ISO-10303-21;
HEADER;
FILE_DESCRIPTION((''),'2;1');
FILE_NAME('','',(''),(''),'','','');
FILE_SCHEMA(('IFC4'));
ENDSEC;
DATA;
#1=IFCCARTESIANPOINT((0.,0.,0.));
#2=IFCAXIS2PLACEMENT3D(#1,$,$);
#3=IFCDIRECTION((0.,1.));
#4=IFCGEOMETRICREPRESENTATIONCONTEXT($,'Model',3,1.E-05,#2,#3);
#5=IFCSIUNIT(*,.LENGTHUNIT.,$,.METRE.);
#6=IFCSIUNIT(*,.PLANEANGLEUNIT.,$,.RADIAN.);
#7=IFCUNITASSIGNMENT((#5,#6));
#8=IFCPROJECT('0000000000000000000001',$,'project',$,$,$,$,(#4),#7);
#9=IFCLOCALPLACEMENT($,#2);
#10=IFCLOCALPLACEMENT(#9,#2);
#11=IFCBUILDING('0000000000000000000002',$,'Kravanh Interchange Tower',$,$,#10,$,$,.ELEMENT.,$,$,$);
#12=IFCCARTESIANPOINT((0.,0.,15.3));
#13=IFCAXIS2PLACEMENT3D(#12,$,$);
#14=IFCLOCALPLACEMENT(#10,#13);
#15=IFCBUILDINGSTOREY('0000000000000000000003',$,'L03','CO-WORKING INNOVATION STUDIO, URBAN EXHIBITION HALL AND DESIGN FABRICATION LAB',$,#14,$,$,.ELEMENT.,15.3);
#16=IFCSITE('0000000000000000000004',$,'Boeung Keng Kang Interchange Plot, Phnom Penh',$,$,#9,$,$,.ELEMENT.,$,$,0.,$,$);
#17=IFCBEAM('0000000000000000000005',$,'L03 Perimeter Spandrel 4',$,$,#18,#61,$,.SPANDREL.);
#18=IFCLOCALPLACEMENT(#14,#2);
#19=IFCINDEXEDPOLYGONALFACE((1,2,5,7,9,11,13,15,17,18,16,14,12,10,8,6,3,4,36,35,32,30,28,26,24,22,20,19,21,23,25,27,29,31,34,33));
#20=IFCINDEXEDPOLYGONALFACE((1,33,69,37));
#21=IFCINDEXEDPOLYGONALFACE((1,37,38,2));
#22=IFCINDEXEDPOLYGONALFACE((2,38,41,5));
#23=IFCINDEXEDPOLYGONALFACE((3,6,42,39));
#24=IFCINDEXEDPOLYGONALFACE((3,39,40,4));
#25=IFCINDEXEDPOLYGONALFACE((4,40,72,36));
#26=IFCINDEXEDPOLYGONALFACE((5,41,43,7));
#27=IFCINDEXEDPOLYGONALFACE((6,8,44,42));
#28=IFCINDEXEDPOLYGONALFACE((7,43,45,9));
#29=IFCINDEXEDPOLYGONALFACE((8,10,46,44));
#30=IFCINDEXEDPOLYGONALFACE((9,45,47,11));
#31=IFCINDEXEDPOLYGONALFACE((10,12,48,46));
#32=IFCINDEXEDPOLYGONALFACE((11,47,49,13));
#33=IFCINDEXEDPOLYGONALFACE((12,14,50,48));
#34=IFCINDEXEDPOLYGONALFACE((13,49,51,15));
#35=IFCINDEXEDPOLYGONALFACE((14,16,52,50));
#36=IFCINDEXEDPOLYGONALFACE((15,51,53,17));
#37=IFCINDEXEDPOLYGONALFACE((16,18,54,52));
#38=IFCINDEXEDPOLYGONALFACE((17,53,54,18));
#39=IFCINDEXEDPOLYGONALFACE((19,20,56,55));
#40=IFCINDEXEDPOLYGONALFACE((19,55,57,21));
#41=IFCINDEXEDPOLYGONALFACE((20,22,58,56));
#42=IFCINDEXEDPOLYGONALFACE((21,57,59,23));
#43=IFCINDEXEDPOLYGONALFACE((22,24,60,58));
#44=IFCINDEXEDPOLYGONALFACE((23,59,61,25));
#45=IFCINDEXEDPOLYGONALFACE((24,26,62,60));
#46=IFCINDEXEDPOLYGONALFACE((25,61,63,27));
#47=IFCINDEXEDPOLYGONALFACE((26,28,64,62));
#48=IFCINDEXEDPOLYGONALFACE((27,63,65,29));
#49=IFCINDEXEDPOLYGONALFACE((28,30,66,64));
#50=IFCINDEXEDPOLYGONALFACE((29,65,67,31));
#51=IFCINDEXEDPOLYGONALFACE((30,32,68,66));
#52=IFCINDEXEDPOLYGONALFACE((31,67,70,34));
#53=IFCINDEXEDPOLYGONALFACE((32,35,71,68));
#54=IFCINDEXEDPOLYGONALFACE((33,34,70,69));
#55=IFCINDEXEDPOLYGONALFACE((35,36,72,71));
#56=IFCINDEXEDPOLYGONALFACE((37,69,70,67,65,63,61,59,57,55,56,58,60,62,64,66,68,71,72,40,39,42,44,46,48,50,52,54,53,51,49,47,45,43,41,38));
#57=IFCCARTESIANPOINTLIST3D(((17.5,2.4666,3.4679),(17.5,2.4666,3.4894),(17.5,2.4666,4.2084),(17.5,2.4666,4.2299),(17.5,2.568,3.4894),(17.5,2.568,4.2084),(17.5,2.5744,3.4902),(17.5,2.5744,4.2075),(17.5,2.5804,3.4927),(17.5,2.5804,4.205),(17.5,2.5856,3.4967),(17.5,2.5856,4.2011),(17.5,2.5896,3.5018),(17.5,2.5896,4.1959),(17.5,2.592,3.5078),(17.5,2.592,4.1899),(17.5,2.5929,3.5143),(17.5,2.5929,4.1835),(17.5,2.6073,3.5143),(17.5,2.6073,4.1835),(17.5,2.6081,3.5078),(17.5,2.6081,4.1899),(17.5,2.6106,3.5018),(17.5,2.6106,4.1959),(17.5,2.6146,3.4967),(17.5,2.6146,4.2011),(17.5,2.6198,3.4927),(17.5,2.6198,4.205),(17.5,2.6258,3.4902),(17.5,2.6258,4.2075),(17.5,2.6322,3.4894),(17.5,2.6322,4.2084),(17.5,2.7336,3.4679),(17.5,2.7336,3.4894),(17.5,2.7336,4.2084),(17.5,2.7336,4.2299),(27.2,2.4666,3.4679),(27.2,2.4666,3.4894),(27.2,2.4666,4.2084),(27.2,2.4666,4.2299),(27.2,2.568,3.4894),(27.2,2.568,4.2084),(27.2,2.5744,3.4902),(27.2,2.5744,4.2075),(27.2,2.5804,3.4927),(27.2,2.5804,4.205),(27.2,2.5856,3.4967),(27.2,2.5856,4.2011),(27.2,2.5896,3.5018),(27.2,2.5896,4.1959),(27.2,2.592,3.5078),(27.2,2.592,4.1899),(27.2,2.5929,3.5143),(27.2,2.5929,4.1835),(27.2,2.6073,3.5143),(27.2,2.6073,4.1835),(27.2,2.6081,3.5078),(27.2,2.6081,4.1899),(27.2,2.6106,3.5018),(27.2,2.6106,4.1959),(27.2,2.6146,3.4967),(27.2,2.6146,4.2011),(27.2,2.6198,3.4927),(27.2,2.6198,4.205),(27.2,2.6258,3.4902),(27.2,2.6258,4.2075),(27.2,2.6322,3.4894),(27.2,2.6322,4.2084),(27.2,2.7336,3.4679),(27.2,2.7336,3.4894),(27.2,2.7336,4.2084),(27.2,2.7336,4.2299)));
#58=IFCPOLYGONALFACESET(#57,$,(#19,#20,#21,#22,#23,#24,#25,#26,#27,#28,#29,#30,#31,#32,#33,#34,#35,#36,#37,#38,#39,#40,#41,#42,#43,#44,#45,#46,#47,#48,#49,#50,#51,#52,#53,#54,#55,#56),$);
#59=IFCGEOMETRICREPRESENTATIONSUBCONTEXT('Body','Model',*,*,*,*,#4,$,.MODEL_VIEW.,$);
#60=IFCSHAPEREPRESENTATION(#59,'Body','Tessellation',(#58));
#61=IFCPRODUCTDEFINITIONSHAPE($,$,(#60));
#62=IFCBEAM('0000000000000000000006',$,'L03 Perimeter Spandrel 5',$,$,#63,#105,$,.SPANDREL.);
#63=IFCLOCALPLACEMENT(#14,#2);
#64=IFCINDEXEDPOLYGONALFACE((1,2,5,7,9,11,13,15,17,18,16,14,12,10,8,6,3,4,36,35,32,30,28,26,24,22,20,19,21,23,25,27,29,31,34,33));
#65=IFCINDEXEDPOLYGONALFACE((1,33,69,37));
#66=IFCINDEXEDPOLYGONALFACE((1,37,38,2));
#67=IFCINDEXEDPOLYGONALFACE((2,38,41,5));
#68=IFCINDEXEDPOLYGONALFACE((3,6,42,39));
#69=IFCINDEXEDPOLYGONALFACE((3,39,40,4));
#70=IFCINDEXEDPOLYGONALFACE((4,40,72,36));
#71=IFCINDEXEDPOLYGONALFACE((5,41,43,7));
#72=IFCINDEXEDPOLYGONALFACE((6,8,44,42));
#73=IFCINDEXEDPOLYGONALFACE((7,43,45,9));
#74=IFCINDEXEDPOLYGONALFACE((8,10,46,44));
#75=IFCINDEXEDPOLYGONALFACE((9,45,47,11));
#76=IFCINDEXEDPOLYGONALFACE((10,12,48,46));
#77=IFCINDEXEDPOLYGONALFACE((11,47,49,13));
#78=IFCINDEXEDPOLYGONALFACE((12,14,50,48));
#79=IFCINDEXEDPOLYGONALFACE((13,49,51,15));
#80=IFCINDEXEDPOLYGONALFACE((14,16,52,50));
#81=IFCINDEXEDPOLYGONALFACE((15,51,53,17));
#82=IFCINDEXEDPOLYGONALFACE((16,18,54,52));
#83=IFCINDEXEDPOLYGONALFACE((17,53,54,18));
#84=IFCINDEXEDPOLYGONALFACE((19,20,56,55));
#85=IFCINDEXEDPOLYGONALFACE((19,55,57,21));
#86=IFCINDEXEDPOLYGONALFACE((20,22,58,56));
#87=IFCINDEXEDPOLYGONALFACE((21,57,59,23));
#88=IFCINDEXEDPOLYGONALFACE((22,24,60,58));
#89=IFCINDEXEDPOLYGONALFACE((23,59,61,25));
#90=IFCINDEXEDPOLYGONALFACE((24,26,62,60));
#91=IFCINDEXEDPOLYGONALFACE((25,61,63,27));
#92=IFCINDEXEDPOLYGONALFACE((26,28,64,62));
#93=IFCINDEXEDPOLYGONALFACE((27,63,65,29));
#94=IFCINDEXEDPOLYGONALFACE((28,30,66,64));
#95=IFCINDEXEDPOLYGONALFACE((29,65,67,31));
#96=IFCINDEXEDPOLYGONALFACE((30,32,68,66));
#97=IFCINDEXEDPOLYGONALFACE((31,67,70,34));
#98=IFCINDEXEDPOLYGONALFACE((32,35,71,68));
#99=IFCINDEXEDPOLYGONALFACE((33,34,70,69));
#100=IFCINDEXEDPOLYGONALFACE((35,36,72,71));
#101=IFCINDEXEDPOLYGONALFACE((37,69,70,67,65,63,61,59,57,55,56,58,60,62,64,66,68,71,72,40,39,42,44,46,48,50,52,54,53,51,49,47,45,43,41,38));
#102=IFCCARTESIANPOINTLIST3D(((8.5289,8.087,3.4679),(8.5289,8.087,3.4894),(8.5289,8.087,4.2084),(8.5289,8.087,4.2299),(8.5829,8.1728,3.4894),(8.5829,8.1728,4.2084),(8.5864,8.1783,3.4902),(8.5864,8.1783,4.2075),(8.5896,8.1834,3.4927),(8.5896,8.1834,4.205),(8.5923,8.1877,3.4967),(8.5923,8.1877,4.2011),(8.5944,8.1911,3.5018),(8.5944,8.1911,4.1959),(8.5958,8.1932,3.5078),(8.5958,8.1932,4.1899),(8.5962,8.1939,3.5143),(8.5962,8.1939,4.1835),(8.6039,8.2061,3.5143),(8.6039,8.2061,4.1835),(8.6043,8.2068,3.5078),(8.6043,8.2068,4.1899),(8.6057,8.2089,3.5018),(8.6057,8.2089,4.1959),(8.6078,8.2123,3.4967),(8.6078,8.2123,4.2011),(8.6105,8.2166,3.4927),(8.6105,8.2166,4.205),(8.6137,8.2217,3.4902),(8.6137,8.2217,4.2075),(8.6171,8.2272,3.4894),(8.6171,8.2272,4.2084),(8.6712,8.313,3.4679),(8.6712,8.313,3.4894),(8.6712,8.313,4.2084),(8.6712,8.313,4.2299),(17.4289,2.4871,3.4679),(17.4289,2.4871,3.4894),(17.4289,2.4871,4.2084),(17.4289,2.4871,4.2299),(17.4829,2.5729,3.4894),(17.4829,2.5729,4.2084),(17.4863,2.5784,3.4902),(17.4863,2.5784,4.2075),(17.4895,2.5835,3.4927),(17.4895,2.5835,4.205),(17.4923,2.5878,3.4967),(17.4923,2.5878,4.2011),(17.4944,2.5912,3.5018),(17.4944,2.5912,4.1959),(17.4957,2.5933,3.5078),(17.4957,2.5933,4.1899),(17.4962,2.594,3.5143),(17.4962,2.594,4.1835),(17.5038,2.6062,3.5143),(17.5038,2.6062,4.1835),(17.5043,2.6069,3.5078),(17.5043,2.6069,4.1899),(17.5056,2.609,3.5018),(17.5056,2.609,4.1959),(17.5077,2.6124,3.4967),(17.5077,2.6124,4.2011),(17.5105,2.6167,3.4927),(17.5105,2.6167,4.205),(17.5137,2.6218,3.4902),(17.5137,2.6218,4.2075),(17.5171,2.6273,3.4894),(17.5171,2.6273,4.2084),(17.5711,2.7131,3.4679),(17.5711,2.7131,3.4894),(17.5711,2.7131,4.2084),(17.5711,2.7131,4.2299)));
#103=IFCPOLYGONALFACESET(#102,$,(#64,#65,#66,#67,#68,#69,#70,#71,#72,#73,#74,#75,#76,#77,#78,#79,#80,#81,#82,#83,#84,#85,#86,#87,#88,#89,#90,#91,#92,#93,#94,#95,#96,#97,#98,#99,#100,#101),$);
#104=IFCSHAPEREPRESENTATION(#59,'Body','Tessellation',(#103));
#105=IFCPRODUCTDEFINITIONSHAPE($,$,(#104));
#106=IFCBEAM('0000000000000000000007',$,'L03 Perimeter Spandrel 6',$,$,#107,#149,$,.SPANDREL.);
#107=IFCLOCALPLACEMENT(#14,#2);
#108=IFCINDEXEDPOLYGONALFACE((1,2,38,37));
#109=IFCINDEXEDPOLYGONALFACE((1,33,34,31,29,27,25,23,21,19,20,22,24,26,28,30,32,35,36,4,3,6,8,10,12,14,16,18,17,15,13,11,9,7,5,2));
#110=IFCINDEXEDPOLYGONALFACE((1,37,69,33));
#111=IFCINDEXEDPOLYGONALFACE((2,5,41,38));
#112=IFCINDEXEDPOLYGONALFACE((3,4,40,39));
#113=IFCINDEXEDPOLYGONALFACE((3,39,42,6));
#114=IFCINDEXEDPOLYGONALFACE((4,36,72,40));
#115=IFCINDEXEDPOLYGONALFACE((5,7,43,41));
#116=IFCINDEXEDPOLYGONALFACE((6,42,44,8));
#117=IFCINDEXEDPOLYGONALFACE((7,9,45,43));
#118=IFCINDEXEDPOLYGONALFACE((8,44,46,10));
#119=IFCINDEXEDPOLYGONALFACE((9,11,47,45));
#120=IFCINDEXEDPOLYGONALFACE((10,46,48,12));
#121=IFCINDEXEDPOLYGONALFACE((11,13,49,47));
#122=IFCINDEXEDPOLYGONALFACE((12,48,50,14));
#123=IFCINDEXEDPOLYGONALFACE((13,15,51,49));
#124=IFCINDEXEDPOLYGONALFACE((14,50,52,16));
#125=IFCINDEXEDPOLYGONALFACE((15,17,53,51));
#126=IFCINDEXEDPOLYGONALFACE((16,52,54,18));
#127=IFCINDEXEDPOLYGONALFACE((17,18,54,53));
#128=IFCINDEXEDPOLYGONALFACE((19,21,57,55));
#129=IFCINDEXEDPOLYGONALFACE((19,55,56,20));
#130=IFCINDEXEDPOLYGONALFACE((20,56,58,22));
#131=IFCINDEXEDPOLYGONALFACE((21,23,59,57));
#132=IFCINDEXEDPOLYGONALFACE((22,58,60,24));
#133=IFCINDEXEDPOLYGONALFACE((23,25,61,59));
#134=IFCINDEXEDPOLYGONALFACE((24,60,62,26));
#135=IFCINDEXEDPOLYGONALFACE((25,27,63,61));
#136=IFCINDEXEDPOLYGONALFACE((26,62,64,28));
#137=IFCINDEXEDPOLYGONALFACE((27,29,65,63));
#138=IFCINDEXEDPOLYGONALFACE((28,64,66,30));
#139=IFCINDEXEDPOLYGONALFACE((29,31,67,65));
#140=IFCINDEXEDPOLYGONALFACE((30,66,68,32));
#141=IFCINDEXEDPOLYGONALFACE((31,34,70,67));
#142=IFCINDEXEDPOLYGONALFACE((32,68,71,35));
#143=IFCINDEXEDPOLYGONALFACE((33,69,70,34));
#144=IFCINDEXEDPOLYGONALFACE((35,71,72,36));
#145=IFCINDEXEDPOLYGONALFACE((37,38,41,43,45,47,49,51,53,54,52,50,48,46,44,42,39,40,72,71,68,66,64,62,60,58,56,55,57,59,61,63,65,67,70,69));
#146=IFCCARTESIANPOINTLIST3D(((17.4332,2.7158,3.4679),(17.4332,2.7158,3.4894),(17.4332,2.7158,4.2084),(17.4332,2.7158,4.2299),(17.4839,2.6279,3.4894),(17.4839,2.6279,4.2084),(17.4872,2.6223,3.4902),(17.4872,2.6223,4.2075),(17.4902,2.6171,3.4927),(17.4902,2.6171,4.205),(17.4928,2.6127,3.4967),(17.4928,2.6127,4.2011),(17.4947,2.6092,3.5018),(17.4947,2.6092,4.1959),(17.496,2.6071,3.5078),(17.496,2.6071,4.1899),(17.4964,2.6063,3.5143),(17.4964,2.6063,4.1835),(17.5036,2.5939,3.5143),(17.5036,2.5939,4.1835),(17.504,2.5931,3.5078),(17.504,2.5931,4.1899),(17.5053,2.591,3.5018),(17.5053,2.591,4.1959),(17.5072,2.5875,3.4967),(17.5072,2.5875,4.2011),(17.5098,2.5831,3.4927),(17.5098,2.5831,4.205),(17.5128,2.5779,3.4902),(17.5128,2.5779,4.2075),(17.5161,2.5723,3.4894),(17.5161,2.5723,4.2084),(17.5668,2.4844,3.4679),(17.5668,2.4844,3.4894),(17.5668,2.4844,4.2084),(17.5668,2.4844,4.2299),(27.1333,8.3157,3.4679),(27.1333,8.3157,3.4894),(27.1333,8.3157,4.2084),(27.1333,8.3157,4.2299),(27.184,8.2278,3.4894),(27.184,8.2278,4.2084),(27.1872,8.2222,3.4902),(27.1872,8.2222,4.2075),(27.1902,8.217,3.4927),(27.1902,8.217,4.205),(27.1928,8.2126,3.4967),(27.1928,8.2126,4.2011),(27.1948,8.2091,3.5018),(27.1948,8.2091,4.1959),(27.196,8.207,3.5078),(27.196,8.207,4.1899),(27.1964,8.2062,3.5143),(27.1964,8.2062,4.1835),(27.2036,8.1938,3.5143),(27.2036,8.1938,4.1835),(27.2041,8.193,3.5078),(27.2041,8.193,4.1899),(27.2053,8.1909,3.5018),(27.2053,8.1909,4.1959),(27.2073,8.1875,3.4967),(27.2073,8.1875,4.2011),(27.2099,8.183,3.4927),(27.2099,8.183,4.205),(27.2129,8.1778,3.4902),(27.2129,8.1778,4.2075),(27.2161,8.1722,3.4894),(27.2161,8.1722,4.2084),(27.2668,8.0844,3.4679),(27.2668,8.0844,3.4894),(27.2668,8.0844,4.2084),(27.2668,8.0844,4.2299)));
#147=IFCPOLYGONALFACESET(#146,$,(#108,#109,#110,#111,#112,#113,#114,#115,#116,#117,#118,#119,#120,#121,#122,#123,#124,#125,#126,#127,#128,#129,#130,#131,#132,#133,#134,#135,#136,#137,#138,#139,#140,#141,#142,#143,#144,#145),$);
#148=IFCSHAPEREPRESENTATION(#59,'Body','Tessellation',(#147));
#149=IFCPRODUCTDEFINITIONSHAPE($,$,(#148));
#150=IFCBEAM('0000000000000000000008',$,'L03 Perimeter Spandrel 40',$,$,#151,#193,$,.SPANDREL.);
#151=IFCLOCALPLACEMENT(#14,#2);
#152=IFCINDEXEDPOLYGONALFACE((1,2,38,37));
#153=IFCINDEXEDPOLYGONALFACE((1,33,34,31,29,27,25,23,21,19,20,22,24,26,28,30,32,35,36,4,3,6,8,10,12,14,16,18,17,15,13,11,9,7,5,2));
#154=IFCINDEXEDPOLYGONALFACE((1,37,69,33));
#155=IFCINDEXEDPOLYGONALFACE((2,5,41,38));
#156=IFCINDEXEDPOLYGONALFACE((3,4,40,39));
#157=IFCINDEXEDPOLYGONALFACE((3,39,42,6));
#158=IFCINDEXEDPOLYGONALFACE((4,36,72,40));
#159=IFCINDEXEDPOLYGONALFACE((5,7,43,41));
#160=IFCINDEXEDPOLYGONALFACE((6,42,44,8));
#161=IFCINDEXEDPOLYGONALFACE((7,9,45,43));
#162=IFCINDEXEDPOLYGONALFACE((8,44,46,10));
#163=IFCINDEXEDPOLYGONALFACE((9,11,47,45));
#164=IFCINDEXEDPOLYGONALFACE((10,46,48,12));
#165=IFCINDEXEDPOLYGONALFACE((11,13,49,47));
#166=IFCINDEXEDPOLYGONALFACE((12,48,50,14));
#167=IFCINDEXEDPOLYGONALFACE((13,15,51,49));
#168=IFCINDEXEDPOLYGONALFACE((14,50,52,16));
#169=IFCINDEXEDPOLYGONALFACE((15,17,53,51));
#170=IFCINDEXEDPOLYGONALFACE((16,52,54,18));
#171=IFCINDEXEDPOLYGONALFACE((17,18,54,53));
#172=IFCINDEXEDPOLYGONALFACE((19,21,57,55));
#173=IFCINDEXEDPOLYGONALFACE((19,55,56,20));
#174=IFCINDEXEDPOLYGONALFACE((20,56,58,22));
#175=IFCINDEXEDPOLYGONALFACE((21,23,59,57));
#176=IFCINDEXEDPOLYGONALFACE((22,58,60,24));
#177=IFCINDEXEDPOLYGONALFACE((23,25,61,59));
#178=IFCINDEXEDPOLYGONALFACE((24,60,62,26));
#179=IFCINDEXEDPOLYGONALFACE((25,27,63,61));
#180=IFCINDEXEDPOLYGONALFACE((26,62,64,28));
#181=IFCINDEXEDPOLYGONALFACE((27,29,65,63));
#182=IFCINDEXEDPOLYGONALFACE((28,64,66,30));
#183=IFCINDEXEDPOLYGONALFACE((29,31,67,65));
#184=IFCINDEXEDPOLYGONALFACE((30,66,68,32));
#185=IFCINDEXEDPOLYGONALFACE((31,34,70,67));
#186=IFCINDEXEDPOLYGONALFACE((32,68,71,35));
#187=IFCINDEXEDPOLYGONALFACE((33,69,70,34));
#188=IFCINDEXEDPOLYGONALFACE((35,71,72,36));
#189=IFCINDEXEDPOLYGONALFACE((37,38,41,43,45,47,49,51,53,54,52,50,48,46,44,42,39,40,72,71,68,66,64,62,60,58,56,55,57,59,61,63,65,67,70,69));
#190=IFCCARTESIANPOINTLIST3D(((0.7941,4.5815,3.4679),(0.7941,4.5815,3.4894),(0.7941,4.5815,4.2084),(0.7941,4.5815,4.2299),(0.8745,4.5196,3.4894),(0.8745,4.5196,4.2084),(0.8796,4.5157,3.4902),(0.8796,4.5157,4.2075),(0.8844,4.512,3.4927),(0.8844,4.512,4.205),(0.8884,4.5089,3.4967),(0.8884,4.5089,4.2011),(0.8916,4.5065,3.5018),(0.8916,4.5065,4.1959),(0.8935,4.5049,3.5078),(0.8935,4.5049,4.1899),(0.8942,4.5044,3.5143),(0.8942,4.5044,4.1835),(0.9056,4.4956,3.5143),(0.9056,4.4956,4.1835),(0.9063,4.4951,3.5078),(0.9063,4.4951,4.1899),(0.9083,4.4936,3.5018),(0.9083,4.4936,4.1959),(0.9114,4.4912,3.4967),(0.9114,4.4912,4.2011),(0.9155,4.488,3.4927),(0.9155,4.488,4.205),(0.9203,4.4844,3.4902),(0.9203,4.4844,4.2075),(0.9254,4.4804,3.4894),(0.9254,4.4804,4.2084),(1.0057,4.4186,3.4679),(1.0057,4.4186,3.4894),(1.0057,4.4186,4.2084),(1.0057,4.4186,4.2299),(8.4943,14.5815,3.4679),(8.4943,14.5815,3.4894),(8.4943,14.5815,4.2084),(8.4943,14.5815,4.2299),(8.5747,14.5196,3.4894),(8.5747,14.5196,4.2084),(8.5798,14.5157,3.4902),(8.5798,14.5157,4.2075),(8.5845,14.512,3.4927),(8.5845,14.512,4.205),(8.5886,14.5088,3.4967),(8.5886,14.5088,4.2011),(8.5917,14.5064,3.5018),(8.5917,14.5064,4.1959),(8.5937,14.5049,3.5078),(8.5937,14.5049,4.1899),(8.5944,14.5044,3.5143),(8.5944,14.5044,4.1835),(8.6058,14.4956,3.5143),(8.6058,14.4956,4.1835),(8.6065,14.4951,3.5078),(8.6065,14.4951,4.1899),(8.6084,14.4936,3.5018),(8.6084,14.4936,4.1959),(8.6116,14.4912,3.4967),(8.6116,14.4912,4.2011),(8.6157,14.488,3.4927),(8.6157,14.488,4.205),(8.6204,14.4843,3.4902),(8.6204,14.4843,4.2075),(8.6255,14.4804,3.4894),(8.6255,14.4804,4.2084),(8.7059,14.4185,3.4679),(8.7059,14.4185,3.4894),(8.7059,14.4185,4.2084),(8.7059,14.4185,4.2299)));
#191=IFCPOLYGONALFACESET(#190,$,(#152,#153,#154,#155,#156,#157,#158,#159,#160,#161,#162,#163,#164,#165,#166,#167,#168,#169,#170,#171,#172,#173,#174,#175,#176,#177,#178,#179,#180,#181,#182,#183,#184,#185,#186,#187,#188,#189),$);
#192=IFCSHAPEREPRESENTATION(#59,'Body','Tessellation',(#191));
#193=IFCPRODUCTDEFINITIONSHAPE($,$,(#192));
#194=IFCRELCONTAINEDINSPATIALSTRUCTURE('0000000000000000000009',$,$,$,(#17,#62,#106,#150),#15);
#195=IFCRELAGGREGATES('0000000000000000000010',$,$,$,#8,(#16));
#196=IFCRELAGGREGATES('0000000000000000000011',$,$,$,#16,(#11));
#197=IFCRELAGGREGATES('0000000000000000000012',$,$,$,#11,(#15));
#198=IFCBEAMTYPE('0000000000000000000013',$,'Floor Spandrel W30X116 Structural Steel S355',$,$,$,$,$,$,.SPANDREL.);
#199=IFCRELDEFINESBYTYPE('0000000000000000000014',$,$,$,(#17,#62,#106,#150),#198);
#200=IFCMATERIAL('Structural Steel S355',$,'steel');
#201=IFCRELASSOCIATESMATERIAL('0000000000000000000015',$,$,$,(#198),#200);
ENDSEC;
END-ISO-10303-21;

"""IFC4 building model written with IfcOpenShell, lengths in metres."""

from ifc_helpers import new_model, si_unit, direction, frame, origin, origin_2d, place, context, subcontext, project, spatial, i_section, extrude, material, material_profile, profile_set, type_object, element, save


model = new_model("IFC4")

# Units and contexts
model_context = context("Model", 3, precision=1e-05, world=origin(), true_north=direction((0.0, 1.0)))
body_context = subcontext(model_context, "Body", "Model", "MODEL_VIEW")
ifc_project = project(units=[si_unit("LENGTHUNIT", "METRE"), si_unit("PLANEANGLEUNIT", "RADIAN")], contexts=[model_context])

# Site, building, storey
site_placement = place(None, origin())
site = spatial("IfcSite", under=ifc_project, at=site_placement, Name="Boeung Keng Kang Interchange Plot, Phnom Penh", CompositionType="ELEMENT", RefElevation=0.0)
building_placement = place(site_placement, origin())
building = spatial("IfcBuilding", under=site, at=building_placement, Name="Kravanh Interchange Tower", CompositionType="ELEMENT")
storey_placement = place(building_placement, frame((0.0, 0.0, 15.3)))
storey = spatial("IfcBuildingStorey", under=building, at=storey_placement, Name="L03", Description="CO-WORKING INNOVATION STUDIO, URBAN EXHIBITION HALL AND DESIGN FABRICATION LAB", CompositionType="ELEMENT", Elevation=15.3)

# Beams
ifc_material_1 = material(Name="Structural Steel S355", Category="steel")
ifc_material_profile_1 = material_profile(ifc_material_1, i_section(OverallWidth=0.2671, OverallDepth=0.762, WebThickness=0.0144, FlangeThickness=0.0215, FilletRadius=0.0249, at=origin_2d()), Name="W30X116")
ifc_profile_set_1 = profile_set([ifc_material_profile_1], Name="Structural Steel S355")
beam_type_1 = type_object("IfcBeamType", Name="Floor Spandrel W30X116 Structural Steel S355", PredefinedType="SPANDREL", material=ifc_profile_set_1)
beam_1_placement = place(storey_placement, frame((17.5, 2.6001, 3.8489), z_axis=(1.0, 0.0, 0.0), x_axis=(0.0, 1.0, 0.0)))
element("IfcBeam", 1, at=beam_1_placement, inside=storey, type_object=beam_type_1, Name="L03 Perimeter Spandrel 4", PredefinedType="SPANDREL", context=body_context, shape_type="SweptSolid", body=[
    extrude(i_section(OverallWidth=0.2671, OverallDepth=0.762, WebThickness=0.0144, FlangeThickness=0.0215, FilletRadius=0.0249, at=origin_2d()), origin(), (0.0, 0.0, 1.0), 9.7),
])
beam_2_placement = place(storey_placement, frame((17.5, 2.6001, 3.8489), z_axis=(-0.846395, 0.532555, 0.0), x_axis=(-0.532555, -0.846395, 0.0)))
element("IfcBeam", 2, at=beam_2_placement, inside=storey, type_object=beam_type_1, Name="L03 Perimeter Spandrel 5", PredefinedType="SPANDREL", context=body_context, shape_type="SweptSolid", body=[
    extrude(i_section(OverallWidth=0.2671, OverallDepth=0.762, WebThickness=0.0144, FlangeThickness=0.0215, FilletRadius=0.0249, at=origin_2d()), origin(), (0.0, 0.0, 1.0), 10.5151),
])
beam_3_placement = place(storey_placement, frame((17.5, 2.6001, 3.8489), z_axis=(0.866041, 0.499972, 0.0), x_axis=(-0.499972, 0.866041, 0.0)))
element("IfcBeam", 3, at=beam_3_placement, inside=storey, type_object=beam_type_1, Name="L03 Perimeter Spandrel 6", PredefinedType="SPANDREL", context=body_context, shape_type="SweptSolid", body=[
    extrude(i_section(OverallWidth=0.2671, OverallDepth=0.762, WebThickness=0.0144, FlangeThickness=0.0215, FilletRadius=0.0249, at=origin_2d()), origin(), (0.0, 0.0, 1.0), 11.2004),
])
beam_4_placement = place(storey_placement, frame((8.6001, 14.5, 3.8489), z_axis=(-0.610103, -0.792322, 0.0), x_axis=(0.792322, -0.610103, 0.0)))
element("IfcBeam", 4, at=beam_4_placement, inside=storey, type_object=beam_type_1, Name="L03 Perimeter Spandrel 40", PredefinedType="SPANDREL", context=body_context, shape_type="SweptSolid", body=[
    extrude(i_section(OverallWidth=0.2671, OverallDepth=0.762, WebThickness=0.0144, FlangeThickness=0.0215, FilletRadius=0.0249, at=origin_2d()), origin(), (0.0, 0.0, 1.0), 12.6211),
])

save(model, "model.ifc")
